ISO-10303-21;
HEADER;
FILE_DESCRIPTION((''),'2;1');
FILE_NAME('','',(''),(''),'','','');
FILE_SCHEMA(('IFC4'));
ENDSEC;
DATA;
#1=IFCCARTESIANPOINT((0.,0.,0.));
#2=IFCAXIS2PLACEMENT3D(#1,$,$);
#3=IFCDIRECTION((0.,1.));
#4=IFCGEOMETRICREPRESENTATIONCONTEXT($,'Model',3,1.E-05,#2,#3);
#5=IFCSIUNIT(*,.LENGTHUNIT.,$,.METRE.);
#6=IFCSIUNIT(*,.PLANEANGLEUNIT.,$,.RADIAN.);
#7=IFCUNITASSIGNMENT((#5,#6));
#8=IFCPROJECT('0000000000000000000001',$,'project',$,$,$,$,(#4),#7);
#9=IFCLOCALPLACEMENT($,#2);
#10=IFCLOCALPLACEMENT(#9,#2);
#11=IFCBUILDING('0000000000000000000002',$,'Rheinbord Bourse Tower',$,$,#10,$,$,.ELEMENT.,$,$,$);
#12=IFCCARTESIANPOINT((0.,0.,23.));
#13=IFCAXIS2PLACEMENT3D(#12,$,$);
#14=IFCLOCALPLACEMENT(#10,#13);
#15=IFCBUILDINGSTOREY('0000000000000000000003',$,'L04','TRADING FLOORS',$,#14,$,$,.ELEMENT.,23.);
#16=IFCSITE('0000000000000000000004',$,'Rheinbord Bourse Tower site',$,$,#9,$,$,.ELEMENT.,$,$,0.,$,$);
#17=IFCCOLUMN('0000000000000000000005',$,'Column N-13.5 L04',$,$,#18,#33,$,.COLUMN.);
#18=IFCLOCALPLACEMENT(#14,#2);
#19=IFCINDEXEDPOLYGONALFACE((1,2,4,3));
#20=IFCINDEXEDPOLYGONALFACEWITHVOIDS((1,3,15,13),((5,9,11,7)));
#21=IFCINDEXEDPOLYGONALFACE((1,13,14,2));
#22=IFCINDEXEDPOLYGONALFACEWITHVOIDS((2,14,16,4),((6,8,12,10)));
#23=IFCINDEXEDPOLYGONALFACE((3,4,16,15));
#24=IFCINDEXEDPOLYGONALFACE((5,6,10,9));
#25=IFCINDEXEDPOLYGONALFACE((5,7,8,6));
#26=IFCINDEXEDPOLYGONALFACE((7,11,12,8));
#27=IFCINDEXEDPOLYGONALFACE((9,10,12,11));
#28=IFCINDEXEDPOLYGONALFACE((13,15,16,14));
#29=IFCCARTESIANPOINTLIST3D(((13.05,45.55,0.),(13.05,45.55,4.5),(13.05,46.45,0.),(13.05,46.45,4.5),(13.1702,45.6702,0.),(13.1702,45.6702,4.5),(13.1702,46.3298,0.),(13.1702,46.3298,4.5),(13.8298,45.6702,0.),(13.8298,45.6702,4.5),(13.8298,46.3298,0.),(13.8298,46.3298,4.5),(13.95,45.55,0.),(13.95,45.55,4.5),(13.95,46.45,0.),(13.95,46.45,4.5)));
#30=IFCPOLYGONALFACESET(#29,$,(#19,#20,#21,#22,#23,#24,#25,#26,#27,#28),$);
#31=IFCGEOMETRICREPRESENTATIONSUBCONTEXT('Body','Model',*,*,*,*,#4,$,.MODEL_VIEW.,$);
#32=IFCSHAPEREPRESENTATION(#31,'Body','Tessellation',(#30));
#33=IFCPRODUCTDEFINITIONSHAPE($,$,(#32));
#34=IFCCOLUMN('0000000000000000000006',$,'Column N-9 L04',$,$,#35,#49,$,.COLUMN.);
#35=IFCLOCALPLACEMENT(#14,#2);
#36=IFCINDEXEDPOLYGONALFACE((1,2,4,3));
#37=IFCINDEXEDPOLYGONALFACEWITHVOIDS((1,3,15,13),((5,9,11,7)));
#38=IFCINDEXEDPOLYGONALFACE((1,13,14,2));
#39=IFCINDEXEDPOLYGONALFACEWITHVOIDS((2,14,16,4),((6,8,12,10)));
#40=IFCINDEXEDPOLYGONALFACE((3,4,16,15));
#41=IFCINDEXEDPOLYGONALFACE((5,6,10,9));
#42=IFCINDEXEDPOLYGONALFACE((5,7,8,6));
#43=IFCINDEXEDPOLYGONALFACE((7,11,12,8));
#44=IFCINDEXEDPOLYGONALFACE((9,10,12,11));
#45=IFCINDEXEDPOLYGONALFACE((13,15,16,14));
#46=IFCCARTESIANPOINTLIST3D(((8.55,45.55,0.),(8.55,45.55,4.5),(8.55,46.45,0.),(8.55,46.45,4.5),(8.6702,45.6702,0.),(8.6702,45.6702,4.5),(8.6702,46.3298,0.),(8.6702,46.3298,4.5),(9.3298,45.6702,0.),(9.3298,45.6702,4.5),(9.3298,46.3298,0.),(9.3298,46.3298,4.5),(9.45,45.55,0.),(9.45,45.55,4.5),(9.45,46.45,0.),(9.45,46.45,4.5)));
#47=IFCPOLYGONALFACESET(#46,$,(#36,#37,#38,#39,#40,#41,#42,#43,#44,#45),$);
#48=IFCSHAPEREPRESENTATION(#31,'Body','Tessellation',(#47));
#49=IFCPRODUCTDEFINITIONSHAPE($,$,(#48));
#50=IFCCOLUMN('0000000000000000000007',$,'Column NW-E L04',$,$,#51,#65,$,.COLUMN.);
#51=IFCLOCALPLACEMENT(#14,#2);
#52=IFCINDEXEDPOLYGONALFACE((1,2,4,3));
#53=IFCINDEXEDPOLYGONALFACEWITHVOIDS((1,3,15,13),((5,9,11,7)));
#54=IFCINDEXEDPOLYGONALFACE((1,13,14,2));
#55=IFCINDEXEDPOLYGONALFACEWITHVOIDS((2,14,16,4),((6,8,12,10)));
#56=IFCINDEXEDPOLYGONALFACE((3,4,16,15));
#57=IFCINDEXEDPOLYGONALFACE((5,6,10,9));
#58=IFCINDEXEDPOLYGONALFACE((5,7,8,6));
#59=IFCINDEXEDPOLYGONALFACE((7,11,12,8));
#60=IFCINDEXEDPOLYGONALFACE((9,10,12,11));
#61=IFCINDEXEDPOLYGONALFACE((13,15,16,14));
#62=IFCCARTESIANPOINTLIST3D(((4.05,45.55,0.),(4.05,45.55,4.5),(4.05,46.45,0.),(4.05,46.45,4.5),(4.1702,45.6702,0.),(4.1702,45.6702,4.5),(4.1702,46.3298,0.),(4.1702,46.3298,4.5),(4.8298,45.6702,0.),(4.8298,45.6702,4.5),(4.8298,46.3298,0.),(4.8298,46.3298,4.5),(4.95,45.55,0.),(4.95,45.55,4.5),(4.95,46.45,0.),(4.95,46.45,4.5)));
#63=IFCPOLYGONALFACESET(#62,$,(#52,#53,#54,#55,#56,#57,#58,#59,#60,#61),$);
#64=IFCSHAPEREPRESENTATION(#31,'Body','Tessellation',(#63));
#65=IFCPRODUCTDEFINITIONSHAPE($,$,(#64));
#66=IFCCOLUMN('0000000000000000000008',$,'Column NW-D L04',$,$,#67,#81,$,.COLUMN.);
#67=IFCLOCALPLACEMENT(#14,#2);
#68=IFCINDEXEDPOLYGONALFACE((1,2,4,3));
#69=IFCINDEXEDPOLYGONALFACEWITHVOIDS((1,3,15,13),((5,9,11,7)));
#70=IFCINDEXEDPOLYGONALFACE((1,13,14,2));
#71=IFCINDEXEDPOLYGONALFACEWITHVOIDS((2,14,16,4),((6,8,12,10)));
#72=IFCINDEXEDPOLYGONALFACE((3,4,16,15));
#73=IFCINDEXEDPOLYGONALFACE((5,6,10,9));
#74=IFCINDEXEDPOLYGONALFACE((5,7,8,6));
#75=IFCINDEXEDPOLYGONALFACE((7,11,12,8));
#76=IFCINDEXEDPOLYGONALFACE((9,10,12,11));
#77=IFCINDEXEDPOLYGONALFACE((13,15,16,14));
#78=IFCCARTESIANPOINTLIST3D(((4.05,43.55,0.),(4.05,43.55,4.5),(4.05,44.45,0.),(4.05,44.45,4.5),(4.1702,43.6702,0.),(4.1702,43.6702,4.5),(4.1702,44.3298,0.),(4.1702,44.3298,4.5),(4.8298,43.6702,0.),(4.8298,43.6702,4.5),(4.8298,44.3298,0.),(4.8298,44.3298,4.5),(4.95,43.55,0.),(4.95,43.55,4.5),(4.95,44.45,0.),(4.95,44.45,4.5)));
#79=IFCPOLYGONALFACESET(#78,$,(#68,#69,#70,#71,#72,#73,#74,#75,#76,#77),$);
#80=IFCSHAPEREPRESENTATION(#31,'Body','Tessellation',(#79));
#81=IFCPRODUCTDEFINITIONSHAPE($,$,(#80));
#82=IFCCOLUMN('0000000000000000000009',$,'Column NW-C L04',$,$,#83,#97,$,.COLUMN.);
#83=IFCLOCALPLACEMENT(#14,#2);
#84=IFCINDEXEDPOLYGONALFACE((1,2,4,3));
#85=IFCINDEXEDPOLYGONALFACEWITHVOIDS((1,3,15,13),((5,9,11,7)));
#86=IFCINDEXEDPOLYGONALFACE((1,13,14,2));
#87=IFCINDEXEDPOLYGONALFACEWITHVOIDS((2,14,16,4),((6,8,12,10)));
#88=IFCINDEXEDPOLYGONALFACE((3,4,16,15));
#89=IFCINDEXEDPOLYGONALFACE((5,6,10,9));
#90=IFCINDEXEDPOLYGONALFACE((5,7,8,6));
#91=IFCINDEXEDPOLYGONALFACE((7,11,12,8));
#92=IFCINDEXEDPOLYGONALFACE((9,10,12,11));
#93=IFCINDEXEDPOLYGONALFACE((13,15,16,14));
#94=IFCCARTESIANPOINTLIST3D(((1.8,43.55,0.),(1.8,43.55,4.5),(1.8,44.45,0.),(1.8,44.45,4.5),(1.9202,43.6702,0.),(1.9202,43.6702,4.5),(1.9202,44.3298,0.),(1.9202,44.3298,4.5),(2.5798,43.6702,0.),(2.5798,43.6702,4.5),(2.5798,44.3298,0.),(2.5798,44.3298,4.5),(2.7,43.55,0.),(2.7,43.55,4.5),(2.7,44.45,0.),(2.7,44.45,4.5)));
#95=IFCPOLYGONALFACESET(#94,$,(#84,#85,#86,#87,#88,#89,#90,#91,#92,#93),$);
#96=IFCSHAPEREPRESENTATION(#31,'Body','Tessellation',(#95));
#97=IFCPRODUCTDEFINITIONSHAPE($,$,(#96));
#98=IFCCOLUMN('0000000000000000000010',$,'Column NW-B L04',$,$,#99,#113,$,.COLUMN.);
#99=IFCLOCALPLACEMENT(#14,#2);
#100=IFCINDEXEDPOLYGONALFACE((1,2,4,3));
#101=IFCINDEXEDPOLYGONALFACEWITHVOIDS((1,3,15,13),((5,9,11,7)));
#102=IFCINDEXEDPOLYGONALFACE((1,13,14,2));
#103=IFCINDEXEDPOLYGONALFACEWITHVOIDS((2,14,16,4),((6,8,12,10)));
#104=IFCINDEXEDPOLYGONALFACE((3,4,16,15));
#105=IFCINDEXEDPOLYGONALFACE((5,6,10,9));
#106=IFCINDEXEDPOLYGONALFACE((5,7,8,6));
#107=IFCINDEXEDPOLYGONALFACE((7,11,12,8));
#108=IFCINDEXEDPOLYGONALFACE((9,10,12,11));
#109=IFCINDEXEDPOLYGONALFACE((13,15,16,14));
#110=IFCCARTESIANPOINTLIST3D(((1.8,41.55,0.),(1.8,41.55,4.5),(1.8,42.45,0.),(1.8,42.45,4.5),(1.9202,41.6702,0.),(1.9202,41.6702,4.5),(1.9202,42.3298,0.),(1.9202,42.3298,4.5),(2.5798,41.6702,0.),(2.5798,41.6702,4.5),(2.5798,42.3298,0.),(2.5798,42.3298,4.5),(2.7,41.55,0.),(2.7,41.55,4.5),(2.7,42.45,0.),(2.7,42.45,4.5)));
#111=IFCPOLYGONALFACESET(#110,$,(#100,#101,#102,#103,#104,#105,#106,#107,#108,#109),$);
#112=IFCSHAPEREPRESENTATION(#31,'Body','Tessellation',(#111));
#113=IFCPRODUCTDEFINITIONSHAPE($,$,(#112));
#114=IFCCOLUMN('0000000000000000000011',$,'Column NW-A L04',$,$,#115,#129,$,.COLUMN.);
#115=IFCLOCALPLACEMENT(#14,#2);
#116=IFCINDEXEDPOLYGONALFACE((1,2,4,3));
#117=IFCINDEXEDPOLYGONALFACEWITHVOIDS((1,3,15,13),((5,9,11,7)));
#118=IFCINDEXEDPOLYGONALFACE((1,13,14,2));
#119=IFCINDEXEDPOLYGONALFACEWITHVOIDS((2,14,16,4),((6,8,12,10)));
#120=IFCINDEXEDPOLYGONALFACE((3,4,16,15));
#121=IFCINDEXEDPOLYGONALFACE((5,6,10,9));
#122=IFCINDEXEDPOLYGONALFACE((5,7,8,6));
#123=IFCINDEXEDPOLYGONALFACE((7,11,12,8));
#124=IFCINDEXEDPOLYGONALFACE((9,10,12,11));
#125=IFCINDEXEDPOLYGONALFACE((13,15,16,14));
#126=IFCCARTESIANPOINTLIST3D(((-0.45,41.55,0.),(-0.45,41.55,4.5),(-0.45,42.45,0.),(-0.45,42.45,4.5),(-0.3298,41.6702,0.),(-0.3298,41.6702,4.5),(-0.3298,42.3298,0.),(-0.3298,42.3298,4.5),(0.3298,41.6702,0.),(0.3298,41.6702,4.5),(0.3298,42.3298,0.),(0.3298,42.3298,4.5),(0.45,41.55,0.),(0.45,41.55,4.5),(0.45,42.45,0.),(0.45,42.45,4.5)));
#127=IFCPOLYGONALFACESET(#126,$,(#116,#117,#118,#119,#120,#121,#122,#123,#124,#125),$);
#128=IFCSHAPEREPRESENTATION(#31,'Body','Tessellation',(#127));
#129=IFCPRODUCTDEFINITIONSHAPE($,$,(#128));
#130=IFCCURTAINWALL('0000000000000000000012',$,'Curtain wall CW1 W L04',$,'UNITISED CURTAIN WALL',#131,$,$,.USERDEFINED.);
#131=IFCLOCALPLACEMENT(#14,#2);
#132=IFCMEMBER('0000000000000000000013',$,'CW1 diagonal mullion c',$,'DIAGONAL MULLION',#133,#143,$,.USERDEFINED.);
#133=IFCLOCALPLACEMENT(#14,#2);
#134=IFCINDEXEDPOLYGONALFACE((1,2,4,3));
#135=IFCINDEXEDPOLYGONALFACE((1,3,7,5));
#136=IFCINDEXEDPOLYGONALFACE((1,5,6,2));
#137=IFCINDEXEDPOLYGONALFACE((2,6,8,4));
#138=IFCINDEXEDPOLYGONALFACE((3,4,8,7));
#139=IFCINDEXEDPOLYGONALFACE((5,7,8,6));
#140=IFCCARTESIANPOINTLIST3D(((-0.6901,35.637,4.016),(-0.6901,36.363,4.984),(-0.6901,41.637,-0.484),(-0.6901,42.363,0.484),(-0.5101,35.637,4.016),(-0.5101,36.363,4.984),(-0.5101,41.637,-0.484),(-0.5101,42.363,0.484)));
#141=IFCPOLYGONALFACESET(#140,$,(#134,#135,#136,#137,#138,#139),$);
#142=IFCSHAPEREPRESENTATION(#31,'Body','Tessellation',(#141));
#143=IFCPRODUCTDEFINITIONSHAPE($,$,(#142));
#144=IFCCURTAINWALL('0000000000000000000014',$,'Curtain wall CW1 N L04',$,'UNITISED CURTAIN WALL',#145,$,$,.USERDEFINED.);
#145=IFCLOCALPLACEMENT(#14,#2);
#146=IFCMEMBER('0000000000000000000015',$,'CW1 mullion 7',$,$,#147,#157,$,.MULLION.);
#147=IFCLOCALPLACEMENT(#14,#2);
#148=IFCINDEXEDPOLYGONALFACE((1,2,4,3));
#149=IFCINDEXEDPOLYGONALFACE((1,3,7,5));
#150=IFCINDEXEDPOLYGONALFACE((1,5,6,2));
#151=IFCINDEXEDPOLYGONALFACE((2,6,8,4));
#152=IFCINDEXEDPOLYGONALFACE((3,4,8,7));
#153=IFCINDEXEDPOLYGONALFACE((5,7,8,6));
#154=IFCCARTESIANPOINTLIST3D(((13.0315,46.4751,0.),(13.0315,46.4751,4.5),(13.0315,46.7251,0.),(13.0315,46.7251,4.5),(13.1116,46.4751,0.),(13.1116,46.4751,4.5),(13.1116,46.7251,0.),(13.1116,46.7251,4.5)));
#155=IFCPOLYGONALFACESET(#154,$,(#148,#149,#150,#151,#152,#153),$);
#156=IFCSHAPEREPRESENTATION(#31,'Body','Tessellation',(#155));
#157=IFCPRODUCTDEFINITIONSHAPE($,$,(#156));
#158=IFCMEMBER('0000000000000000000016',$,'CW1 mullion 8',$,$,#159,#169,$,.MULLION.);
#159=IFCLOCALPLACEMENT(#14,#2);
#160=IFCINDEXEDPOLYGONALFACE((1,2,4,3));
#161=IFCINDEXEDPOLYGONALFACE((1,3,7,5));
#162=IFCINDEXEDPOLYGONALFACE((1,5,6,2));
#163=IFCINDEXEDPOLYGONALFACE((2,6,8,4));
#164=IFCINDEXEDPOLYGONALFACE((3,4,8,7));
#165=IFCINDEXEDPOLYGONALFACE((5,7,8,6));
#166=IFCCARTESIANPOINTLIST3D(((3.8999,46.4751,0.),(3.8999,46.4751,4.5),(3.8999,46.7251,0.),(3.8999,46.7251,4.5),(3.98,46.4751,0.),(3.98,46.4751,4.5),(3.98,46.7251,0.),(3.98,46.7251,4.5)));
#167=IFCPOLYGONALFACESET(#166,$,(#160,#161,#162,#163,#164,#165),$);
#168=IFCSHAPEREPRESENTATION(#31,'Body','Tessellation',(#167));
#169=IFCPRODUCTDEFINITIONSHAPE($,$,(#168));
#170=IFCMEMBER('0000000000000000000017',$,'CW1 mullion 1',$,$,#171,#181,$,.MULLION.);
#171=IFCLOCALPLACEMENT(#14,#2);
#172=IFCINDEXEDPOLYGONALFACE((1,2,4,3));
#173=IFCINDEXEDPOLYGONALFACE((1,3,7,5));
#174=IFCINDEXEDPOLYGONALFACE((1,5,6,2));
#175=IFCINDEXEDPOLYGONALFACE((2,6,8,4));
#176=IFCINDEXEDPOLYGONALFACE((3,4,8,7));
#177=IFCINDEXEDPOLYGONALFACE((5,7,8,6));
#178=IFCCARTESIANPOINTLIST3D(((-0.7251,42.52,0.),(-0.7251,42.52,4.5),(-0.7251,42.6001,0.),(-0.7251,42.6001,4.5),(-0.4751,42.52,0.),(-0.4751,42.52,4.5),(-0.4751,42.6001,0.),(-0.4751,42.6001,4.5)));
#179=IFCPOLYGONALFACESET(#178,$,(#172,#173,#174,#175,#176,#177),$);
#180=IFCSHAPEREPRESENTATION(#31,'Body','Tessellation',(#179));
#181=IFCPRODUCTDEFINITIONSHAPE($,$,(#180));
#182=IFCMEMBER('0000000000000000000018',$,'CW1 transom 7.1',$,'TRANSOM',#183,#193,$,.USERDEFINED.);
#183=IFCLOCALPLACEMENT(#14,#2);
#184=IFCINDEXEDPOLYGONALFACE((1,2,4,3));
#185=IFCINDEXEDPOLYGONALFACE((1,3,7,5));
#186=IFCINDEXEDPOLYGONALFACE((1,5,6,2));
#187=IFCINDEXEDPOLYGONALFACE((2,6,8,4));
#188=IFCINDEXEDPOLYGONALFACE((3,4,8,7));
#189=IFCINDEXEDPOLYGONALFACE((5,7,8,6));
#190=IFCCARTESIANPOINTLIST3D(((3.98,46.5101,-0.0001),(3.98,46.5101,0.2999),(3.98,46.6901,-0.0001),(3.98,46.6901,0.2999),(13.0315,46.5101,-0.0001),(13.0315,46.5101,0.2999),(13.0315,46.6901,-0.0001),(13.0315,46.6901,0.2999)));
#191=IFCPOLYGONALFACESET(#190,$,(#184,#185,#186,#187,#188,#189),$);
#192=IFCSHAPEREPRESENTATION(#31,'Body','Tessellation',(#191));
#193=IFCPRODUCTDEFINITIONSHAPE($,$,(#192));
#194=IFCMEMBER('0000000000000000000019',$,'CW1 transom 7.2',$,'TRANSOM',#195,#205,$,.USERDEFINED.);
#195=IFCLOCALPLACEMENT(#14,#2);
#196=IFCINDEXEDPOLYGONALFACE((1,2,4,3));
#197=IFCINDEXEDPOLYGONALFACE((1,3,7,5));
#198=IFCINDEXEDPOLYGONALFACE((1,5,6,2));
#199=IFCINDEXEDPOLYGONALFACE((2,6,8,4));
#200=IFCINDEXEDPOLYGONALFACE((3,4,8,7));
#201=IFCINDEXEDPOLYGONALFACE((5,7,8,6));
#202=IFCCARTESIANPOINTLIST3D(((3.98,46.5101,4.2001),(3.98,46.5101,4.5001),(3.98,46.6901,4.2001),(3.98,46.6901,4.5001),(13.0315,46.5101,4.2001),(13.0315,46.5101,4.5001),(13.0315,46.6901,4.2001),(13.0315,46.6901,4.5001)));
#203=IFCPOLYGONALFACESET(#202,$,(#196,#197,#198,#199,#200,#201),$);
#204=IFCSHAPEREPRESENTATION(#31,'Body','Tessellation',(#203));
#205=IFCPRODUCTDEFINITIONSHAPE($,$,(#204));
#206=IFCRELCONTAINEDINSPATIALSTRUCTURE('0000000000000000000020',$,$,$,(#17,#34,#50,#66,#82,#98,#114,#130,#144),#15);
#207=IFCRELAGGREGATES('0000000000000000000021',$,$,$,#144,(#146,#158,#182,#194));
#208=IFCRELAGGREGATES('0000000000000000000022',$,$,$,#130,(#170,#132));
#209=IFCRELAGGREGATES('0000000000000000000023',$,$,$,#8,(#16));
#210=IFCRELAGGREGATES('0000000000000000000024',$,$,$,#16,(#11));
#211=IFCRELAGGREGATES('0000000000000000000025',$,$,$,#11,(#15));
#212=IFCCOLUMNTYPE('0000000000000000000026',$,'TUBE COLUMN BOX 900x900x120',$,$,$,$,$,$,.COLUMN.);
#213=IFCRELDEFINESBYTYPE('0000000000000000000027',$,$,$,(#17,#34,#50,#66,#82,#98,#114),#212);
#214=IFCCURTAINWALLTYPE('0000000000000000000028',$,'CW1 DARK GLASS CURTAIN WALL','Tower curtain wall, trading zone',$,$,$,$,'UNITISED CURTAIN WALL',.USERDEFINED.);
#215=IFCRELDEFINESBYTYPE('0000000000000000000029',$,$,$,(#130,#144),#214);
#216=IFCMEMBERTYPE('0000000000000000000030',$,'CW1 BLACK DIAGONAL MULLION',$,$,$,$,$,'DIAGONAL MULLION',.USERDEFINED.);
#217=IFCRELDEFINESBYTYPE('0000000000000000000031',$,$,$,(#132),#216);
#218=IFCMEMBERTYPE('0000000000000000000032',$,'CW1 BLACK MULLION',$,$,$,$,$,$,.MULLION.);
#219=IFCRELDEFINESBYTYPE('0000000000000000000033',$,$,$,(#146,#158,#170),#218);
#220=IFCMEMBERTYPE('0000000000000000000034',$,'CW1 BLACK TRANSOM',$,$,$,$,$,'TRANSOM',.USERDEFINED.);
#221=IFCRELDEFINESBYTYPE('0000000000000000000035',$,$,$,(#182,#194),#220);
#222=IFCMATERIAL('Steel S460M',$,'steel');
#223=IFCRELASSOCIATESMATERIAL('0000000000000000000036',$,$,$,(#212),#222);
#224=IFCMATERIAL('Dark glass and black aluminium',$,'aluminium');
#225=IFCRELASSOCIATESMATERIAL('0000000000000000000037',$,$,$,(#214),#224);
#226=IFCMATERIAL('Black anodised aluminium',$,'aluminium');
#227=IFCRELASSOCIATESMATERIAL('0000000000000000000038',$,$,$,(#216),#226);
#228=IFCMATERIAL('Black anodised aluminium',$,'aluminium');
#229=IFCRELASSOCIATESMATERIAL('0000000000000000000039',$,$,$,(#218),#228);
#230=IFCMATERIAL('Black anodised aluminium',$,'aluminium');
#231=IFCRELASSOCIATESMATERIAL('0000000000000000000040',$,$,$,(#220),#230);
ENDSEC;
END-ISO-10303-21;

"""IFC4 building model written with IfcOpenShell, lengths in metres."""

from ifc_helpers import new_model, si_unit, direction, frame, origin, origin_2d, place, context, subcontext, project, spatial, rectangle, hollow_rectangle, extrude, material, material_profile, profile_set, type_object, element, aggregate, save


model = new_model("IFC4")

# Units and contexts
model_context = context("Model", 3, precision=1e-05, world=origin(), true_north=direction((0.0, 1.0)))
body_context = subcontext(model_context, "Body", "Model", "MODEL_VIEW")
ifc_project = project(units=[si_unit("LENGTHUNIT", "METRE"), si_unit("PLANEANGLEUNIT", "RADIAN")], contexts=[model_context])

# Site, building, storey
site_placement = place(None, origin())
site = spatial("IfcSite", under=ifc_project, at=site_placement, Name="Rheinbord Bourse Tower site", CompositionType="ELEMENT", RefElevation=0.0)
building_placement = place(site_placement, origin())
building = spatial("IfcBuilding", under=site, at=building_placement, Name="Rheinbord Bourse Tower", CompositionType="ELEMENT")
storey_placement = place(building_placement, frame((0.0, 0.0, 23.0)))
storey = spatial("IfcBuildingStorey", under=building, at=storey_placement, Name="L04", Description="TRADING FLOORS", CompositionType="ELEMENT", Elevation=23.0)

# Columns
ifc_material_1 = material(Name="Steel S460M", Category="steel")
ifc_material_profile_1 = material_profile(ifc_material_1, hollow_rectangle(XDim=0.8999, YDim=0.8999, WallThickness=0.1201, at=origin_2d()), Name="BOX 900x900x120")
ifc_profile_set_1 = profile_set([ifc_material_profile_1], Name="Steel S460M")
column_type = type_object("IfcColumnType", Name="TUBE COLUMN BOX 900x900x120", PredefinedType="COLUMN", material=ifc_profile_set_1)
for number, where, z_axis, x_axis, name in (
    (1, (13.5, 46.0, 0.0), (0.0, 0.0, 1.0), (0.0, 1.0, 0.0), "Column N-13.5 L04"),
    (2, (9.0, 46.0, 0.0), (0.0, 0.0, 1.0), (0.0, 1.0, 0.0), "Column N-9 L04"),
    (3, (4.5, 46.0, 0.0), (0.0, 0.0, 1.0), (0.0, 1.0, 0.0), "Column NW-E L04"),
    (4, (4.5, 44.0, 0.0), (0.0, 0.0, 1.0), (0.0, 1.0, 0.0), "Column NW-D L04"),
    (5, (2.25, 44.0, 0.0), (0.0, 0.0, 1.0), (1.0, 0.0, 0.0), "Column NW-C L04"),
    (6, (2.25, 42.0, 0.0), (0.0, 0.0, 1.0), (1.0, 0.0, 0.0), "Column NW-B L04"),
    (7, (0.0, 42.0, 0.0), (0.0, 0.0, 1.0), (1.0, 0.0, 0.0), "Column NW-A L04"),
):
    element("IfcColumn", number, at=place(storey_placement, frame(where, z_axis=z_axis, x_axis=x_axis)), inside=storey, type_object=column_type, Name=name, PredefinedType="COLUMN", context=body_context, shape_type="SweptSolid", body=[
        extrude(hollow_rectangle(XDim=0.8999, YDim=0.8999, WallThickness=0.1201, at=origin_2d()), origin(), (0.0, 0.0, 1.0), 4.5),
    ])

# Curtain wall, member
ifc_material_2 = material(Name="Dark glass and black aluminium", Category="aluminium")
curtain_wall_type = type_object("IfcCurtainWallType", Name="CW1 DARK GLASS CURTAIN WALL", Description="Tower curtain wall, trading zone", ElementType="UNITISED CURTAIN WALL", PredefinedType="USERDEFINED", material=ifc_material_2)
curtain_wall_1_placement = place(storey_placement, origin())
curtain_wall_1 = element("IfcCurtainWall", 8, at=curtain_wall_1_placement, inside=storey, type_object=curtain_wall_type, Name="Curtain wall CW1 W L04", ObjectType="UNITISED CURTAIN WALL", PredefinedType="USERDEFINED")
ifc_material_3 = material(Name="Black anodised aluminium", Category="aluminium")
ifc_material_profile_2 = material_profile(ifc_material_3, rectangle(XDim=0.1799, YDim=1.21, at=origin_2d()), Name="CW1 DIAGONAL MULLION 1210x180")
ifc_profile_set_2 = profile_set([ifc_material_profile_2], Name="Black anodised aluminium")
member_type_1 = type_object("IfcMemberType", Name="CW1 BLACK DIAGONAL MULLION", ElementType="DIAGONAL MULLION", PredefinedType="USERDEFINED", material=ifc_profile_set_2)
member_1_placement = place(storey_placement, frame((-0.6001, 42.0, 0.0), z_axis=(0.0, -0.8, 0.6), x_axis=(1.0, 0.0, 0.0)))
member_1 = element("IfcMember", 9, at=member_1_placement, type_object=member_type_1, Name="CW1 diagonal mullion c", ObjectType="DIAGONAL MULLION", PredefinedType="USERDEFINED", context=body_context, shape_type="SweptSolid", body=[
    extrude(rectangle(XDim=0.1799, YDim=1.21, at=origin_2d()), origin(), (0.0, 0.0, 1.0), 7.5),
])

# Curtain wall, members
curtain_wall_2_placement = place(storey_placement, origin())
curtain_wall_2 = element("IfcCurtainWall", 10, at=curtain_wall_2_placement, inside=storey, type_object=curtain_wall_type, Name="Curtain wall CW1 N L04", ObjectType="UNITISED CURTAIN WALL", PredefinedType="USERDEFINED")
ifc_material_4 = material(Name="Black anodised aluminium", Category="aluminium")
ifc_material_profile_3 = material_profile(ifc_material_4, rectangle(XDim=0.25, YDim=0.0801, at=origin_2d()), Name="CW1 MULLION 80x250")
ifc_profile_set_3 = profile_set([ifc_material_profile_3], Name="Black anodised aluminium")
member_type_2 = type_object("IfcMemberType", Name="CW1 BLACK MULLION", PredefinedType="MULLION", material=ifc_profile_set_3)
member_2_placement = place(storey_placement, frame((13.0715, 46.6001, 0.0), z_axis=(0.0, 0.0, 1.0), x_axis=(0.0, -1.0, 0.0)))
member_2 = element("IfcMember", 11, at=member_2_placement, type_object=member_type_2, Name="CW1 mullion 7", PredefinedType="MULLION", context=body_context, shape_type="SweptSolid", body=[
    extrude(rectangle(XDim=0.25, YDim=0.0801, at=origin_2d()), origin(), (0.0, 0.0, 1.0), 4.5),
])
member_3_placement = place(storey_placement, frame((3.9399, 46.6001, 0.0), z_axis=(0.0, 0.0, 1.0), x_axis=(0.0, -1.0, 0.0)))
member_3 = element("IfcMember", 12, at=member_3_placement, type_object=member_type_2, Name="CW1 mullion 8", PredefinedType="MULLION", context=body_context, shape_type="SweptSolid", body=[
    extrude(rectangle(XDim=0.25, YDim=0.0801, at=origin_2d()), origin(), (0.0, 0.0, 1.0), 4.5),
])

# Members
member_4_placement = place(storey_placement, frame((-0.6001, 42.5601, 0.0), z_axis=(0.0, 0.0, 1.0), x_axis=(1.0, 0.0, 0.0)))
member_4 = element("IfcMember", 13, at=member_4_placement, type_object=member_type_2, Name="CW1 mullion 1", PredefinedType="MULLION", context=body_context, shape_type="SweptSolid", body=[
    extrude(rectangle(XDim=0.25, YDim=0.0801, at=origin_2d()), origin(), (0.0, 0.0, 1.0), 4.5),
])
ifc_material_5 = material(Name="Black anodised aluminium", Category="aluminium")
ifc_material_profile_4 = material_profile(ifc_material_5, rectangle(XDim=0.1799, YDim=0.3, at=origin_2d()), Name="CW1 TRANSOM 300x180")
ifc_profile_set_4 = profile_set([ifc_material_profile_4], Name="Black anodised aluminium")
member_type_3 = type_object("IfcMemberType", Name="CW1 BLACK TRANSOM", ElementType="TRANSOM", PredefinedType="USERDEFINED", material=ifc_profile_set_4)
member_5_placement = place(storey_placement, frame((13.0315, 46.6001, 0.1499), z_axis=(-1.0, 0.0, 0.0), x_axis=(0.0, -1.0, 0.0)))
member_5 = element("IfcMember", 14, at=member_5_placement, type_object=member_type_3, Name="CW1 transom 7.1", ObjectType="TRANSOM", PredefinedType="USERDEFINED", context=body_context, shape_type="SweptSolid", body=[
    extrude(rectangle(XDim=0.1799, YDim=0.3, at=origin_2d()), origin(), (0.0, 0.0, 1.0), 9.0515),
])
member_6_placement = place(storey_placement, frame((13.0315, 46.6001, 4.3501), z_axis=(-1.0, 0.0, 0.0), x_axis=(0.0, -1.0, 0.0)))
member_6 = element("IfcMember", 15, at=member_6_placement, type_object=member_type_3, Name="CW1 transom 7.2", ObjectType="TRANSOM", PredefinedType="USERDEFINED", context=body_context, shape_type="SweptSolid", body=[
    extrude(rectangle(XDim=0.1799, YDim=0.3, at=origin_2d()), origin(), (0.0, 0.0, 1.0), 9.0515),
])

aggregate(curtain_wall_2, [member_2, member_3, member_5, member_6])
aggregate(curtain_wall_1, [member_4, member_1])

save(model, "model.ifc")
